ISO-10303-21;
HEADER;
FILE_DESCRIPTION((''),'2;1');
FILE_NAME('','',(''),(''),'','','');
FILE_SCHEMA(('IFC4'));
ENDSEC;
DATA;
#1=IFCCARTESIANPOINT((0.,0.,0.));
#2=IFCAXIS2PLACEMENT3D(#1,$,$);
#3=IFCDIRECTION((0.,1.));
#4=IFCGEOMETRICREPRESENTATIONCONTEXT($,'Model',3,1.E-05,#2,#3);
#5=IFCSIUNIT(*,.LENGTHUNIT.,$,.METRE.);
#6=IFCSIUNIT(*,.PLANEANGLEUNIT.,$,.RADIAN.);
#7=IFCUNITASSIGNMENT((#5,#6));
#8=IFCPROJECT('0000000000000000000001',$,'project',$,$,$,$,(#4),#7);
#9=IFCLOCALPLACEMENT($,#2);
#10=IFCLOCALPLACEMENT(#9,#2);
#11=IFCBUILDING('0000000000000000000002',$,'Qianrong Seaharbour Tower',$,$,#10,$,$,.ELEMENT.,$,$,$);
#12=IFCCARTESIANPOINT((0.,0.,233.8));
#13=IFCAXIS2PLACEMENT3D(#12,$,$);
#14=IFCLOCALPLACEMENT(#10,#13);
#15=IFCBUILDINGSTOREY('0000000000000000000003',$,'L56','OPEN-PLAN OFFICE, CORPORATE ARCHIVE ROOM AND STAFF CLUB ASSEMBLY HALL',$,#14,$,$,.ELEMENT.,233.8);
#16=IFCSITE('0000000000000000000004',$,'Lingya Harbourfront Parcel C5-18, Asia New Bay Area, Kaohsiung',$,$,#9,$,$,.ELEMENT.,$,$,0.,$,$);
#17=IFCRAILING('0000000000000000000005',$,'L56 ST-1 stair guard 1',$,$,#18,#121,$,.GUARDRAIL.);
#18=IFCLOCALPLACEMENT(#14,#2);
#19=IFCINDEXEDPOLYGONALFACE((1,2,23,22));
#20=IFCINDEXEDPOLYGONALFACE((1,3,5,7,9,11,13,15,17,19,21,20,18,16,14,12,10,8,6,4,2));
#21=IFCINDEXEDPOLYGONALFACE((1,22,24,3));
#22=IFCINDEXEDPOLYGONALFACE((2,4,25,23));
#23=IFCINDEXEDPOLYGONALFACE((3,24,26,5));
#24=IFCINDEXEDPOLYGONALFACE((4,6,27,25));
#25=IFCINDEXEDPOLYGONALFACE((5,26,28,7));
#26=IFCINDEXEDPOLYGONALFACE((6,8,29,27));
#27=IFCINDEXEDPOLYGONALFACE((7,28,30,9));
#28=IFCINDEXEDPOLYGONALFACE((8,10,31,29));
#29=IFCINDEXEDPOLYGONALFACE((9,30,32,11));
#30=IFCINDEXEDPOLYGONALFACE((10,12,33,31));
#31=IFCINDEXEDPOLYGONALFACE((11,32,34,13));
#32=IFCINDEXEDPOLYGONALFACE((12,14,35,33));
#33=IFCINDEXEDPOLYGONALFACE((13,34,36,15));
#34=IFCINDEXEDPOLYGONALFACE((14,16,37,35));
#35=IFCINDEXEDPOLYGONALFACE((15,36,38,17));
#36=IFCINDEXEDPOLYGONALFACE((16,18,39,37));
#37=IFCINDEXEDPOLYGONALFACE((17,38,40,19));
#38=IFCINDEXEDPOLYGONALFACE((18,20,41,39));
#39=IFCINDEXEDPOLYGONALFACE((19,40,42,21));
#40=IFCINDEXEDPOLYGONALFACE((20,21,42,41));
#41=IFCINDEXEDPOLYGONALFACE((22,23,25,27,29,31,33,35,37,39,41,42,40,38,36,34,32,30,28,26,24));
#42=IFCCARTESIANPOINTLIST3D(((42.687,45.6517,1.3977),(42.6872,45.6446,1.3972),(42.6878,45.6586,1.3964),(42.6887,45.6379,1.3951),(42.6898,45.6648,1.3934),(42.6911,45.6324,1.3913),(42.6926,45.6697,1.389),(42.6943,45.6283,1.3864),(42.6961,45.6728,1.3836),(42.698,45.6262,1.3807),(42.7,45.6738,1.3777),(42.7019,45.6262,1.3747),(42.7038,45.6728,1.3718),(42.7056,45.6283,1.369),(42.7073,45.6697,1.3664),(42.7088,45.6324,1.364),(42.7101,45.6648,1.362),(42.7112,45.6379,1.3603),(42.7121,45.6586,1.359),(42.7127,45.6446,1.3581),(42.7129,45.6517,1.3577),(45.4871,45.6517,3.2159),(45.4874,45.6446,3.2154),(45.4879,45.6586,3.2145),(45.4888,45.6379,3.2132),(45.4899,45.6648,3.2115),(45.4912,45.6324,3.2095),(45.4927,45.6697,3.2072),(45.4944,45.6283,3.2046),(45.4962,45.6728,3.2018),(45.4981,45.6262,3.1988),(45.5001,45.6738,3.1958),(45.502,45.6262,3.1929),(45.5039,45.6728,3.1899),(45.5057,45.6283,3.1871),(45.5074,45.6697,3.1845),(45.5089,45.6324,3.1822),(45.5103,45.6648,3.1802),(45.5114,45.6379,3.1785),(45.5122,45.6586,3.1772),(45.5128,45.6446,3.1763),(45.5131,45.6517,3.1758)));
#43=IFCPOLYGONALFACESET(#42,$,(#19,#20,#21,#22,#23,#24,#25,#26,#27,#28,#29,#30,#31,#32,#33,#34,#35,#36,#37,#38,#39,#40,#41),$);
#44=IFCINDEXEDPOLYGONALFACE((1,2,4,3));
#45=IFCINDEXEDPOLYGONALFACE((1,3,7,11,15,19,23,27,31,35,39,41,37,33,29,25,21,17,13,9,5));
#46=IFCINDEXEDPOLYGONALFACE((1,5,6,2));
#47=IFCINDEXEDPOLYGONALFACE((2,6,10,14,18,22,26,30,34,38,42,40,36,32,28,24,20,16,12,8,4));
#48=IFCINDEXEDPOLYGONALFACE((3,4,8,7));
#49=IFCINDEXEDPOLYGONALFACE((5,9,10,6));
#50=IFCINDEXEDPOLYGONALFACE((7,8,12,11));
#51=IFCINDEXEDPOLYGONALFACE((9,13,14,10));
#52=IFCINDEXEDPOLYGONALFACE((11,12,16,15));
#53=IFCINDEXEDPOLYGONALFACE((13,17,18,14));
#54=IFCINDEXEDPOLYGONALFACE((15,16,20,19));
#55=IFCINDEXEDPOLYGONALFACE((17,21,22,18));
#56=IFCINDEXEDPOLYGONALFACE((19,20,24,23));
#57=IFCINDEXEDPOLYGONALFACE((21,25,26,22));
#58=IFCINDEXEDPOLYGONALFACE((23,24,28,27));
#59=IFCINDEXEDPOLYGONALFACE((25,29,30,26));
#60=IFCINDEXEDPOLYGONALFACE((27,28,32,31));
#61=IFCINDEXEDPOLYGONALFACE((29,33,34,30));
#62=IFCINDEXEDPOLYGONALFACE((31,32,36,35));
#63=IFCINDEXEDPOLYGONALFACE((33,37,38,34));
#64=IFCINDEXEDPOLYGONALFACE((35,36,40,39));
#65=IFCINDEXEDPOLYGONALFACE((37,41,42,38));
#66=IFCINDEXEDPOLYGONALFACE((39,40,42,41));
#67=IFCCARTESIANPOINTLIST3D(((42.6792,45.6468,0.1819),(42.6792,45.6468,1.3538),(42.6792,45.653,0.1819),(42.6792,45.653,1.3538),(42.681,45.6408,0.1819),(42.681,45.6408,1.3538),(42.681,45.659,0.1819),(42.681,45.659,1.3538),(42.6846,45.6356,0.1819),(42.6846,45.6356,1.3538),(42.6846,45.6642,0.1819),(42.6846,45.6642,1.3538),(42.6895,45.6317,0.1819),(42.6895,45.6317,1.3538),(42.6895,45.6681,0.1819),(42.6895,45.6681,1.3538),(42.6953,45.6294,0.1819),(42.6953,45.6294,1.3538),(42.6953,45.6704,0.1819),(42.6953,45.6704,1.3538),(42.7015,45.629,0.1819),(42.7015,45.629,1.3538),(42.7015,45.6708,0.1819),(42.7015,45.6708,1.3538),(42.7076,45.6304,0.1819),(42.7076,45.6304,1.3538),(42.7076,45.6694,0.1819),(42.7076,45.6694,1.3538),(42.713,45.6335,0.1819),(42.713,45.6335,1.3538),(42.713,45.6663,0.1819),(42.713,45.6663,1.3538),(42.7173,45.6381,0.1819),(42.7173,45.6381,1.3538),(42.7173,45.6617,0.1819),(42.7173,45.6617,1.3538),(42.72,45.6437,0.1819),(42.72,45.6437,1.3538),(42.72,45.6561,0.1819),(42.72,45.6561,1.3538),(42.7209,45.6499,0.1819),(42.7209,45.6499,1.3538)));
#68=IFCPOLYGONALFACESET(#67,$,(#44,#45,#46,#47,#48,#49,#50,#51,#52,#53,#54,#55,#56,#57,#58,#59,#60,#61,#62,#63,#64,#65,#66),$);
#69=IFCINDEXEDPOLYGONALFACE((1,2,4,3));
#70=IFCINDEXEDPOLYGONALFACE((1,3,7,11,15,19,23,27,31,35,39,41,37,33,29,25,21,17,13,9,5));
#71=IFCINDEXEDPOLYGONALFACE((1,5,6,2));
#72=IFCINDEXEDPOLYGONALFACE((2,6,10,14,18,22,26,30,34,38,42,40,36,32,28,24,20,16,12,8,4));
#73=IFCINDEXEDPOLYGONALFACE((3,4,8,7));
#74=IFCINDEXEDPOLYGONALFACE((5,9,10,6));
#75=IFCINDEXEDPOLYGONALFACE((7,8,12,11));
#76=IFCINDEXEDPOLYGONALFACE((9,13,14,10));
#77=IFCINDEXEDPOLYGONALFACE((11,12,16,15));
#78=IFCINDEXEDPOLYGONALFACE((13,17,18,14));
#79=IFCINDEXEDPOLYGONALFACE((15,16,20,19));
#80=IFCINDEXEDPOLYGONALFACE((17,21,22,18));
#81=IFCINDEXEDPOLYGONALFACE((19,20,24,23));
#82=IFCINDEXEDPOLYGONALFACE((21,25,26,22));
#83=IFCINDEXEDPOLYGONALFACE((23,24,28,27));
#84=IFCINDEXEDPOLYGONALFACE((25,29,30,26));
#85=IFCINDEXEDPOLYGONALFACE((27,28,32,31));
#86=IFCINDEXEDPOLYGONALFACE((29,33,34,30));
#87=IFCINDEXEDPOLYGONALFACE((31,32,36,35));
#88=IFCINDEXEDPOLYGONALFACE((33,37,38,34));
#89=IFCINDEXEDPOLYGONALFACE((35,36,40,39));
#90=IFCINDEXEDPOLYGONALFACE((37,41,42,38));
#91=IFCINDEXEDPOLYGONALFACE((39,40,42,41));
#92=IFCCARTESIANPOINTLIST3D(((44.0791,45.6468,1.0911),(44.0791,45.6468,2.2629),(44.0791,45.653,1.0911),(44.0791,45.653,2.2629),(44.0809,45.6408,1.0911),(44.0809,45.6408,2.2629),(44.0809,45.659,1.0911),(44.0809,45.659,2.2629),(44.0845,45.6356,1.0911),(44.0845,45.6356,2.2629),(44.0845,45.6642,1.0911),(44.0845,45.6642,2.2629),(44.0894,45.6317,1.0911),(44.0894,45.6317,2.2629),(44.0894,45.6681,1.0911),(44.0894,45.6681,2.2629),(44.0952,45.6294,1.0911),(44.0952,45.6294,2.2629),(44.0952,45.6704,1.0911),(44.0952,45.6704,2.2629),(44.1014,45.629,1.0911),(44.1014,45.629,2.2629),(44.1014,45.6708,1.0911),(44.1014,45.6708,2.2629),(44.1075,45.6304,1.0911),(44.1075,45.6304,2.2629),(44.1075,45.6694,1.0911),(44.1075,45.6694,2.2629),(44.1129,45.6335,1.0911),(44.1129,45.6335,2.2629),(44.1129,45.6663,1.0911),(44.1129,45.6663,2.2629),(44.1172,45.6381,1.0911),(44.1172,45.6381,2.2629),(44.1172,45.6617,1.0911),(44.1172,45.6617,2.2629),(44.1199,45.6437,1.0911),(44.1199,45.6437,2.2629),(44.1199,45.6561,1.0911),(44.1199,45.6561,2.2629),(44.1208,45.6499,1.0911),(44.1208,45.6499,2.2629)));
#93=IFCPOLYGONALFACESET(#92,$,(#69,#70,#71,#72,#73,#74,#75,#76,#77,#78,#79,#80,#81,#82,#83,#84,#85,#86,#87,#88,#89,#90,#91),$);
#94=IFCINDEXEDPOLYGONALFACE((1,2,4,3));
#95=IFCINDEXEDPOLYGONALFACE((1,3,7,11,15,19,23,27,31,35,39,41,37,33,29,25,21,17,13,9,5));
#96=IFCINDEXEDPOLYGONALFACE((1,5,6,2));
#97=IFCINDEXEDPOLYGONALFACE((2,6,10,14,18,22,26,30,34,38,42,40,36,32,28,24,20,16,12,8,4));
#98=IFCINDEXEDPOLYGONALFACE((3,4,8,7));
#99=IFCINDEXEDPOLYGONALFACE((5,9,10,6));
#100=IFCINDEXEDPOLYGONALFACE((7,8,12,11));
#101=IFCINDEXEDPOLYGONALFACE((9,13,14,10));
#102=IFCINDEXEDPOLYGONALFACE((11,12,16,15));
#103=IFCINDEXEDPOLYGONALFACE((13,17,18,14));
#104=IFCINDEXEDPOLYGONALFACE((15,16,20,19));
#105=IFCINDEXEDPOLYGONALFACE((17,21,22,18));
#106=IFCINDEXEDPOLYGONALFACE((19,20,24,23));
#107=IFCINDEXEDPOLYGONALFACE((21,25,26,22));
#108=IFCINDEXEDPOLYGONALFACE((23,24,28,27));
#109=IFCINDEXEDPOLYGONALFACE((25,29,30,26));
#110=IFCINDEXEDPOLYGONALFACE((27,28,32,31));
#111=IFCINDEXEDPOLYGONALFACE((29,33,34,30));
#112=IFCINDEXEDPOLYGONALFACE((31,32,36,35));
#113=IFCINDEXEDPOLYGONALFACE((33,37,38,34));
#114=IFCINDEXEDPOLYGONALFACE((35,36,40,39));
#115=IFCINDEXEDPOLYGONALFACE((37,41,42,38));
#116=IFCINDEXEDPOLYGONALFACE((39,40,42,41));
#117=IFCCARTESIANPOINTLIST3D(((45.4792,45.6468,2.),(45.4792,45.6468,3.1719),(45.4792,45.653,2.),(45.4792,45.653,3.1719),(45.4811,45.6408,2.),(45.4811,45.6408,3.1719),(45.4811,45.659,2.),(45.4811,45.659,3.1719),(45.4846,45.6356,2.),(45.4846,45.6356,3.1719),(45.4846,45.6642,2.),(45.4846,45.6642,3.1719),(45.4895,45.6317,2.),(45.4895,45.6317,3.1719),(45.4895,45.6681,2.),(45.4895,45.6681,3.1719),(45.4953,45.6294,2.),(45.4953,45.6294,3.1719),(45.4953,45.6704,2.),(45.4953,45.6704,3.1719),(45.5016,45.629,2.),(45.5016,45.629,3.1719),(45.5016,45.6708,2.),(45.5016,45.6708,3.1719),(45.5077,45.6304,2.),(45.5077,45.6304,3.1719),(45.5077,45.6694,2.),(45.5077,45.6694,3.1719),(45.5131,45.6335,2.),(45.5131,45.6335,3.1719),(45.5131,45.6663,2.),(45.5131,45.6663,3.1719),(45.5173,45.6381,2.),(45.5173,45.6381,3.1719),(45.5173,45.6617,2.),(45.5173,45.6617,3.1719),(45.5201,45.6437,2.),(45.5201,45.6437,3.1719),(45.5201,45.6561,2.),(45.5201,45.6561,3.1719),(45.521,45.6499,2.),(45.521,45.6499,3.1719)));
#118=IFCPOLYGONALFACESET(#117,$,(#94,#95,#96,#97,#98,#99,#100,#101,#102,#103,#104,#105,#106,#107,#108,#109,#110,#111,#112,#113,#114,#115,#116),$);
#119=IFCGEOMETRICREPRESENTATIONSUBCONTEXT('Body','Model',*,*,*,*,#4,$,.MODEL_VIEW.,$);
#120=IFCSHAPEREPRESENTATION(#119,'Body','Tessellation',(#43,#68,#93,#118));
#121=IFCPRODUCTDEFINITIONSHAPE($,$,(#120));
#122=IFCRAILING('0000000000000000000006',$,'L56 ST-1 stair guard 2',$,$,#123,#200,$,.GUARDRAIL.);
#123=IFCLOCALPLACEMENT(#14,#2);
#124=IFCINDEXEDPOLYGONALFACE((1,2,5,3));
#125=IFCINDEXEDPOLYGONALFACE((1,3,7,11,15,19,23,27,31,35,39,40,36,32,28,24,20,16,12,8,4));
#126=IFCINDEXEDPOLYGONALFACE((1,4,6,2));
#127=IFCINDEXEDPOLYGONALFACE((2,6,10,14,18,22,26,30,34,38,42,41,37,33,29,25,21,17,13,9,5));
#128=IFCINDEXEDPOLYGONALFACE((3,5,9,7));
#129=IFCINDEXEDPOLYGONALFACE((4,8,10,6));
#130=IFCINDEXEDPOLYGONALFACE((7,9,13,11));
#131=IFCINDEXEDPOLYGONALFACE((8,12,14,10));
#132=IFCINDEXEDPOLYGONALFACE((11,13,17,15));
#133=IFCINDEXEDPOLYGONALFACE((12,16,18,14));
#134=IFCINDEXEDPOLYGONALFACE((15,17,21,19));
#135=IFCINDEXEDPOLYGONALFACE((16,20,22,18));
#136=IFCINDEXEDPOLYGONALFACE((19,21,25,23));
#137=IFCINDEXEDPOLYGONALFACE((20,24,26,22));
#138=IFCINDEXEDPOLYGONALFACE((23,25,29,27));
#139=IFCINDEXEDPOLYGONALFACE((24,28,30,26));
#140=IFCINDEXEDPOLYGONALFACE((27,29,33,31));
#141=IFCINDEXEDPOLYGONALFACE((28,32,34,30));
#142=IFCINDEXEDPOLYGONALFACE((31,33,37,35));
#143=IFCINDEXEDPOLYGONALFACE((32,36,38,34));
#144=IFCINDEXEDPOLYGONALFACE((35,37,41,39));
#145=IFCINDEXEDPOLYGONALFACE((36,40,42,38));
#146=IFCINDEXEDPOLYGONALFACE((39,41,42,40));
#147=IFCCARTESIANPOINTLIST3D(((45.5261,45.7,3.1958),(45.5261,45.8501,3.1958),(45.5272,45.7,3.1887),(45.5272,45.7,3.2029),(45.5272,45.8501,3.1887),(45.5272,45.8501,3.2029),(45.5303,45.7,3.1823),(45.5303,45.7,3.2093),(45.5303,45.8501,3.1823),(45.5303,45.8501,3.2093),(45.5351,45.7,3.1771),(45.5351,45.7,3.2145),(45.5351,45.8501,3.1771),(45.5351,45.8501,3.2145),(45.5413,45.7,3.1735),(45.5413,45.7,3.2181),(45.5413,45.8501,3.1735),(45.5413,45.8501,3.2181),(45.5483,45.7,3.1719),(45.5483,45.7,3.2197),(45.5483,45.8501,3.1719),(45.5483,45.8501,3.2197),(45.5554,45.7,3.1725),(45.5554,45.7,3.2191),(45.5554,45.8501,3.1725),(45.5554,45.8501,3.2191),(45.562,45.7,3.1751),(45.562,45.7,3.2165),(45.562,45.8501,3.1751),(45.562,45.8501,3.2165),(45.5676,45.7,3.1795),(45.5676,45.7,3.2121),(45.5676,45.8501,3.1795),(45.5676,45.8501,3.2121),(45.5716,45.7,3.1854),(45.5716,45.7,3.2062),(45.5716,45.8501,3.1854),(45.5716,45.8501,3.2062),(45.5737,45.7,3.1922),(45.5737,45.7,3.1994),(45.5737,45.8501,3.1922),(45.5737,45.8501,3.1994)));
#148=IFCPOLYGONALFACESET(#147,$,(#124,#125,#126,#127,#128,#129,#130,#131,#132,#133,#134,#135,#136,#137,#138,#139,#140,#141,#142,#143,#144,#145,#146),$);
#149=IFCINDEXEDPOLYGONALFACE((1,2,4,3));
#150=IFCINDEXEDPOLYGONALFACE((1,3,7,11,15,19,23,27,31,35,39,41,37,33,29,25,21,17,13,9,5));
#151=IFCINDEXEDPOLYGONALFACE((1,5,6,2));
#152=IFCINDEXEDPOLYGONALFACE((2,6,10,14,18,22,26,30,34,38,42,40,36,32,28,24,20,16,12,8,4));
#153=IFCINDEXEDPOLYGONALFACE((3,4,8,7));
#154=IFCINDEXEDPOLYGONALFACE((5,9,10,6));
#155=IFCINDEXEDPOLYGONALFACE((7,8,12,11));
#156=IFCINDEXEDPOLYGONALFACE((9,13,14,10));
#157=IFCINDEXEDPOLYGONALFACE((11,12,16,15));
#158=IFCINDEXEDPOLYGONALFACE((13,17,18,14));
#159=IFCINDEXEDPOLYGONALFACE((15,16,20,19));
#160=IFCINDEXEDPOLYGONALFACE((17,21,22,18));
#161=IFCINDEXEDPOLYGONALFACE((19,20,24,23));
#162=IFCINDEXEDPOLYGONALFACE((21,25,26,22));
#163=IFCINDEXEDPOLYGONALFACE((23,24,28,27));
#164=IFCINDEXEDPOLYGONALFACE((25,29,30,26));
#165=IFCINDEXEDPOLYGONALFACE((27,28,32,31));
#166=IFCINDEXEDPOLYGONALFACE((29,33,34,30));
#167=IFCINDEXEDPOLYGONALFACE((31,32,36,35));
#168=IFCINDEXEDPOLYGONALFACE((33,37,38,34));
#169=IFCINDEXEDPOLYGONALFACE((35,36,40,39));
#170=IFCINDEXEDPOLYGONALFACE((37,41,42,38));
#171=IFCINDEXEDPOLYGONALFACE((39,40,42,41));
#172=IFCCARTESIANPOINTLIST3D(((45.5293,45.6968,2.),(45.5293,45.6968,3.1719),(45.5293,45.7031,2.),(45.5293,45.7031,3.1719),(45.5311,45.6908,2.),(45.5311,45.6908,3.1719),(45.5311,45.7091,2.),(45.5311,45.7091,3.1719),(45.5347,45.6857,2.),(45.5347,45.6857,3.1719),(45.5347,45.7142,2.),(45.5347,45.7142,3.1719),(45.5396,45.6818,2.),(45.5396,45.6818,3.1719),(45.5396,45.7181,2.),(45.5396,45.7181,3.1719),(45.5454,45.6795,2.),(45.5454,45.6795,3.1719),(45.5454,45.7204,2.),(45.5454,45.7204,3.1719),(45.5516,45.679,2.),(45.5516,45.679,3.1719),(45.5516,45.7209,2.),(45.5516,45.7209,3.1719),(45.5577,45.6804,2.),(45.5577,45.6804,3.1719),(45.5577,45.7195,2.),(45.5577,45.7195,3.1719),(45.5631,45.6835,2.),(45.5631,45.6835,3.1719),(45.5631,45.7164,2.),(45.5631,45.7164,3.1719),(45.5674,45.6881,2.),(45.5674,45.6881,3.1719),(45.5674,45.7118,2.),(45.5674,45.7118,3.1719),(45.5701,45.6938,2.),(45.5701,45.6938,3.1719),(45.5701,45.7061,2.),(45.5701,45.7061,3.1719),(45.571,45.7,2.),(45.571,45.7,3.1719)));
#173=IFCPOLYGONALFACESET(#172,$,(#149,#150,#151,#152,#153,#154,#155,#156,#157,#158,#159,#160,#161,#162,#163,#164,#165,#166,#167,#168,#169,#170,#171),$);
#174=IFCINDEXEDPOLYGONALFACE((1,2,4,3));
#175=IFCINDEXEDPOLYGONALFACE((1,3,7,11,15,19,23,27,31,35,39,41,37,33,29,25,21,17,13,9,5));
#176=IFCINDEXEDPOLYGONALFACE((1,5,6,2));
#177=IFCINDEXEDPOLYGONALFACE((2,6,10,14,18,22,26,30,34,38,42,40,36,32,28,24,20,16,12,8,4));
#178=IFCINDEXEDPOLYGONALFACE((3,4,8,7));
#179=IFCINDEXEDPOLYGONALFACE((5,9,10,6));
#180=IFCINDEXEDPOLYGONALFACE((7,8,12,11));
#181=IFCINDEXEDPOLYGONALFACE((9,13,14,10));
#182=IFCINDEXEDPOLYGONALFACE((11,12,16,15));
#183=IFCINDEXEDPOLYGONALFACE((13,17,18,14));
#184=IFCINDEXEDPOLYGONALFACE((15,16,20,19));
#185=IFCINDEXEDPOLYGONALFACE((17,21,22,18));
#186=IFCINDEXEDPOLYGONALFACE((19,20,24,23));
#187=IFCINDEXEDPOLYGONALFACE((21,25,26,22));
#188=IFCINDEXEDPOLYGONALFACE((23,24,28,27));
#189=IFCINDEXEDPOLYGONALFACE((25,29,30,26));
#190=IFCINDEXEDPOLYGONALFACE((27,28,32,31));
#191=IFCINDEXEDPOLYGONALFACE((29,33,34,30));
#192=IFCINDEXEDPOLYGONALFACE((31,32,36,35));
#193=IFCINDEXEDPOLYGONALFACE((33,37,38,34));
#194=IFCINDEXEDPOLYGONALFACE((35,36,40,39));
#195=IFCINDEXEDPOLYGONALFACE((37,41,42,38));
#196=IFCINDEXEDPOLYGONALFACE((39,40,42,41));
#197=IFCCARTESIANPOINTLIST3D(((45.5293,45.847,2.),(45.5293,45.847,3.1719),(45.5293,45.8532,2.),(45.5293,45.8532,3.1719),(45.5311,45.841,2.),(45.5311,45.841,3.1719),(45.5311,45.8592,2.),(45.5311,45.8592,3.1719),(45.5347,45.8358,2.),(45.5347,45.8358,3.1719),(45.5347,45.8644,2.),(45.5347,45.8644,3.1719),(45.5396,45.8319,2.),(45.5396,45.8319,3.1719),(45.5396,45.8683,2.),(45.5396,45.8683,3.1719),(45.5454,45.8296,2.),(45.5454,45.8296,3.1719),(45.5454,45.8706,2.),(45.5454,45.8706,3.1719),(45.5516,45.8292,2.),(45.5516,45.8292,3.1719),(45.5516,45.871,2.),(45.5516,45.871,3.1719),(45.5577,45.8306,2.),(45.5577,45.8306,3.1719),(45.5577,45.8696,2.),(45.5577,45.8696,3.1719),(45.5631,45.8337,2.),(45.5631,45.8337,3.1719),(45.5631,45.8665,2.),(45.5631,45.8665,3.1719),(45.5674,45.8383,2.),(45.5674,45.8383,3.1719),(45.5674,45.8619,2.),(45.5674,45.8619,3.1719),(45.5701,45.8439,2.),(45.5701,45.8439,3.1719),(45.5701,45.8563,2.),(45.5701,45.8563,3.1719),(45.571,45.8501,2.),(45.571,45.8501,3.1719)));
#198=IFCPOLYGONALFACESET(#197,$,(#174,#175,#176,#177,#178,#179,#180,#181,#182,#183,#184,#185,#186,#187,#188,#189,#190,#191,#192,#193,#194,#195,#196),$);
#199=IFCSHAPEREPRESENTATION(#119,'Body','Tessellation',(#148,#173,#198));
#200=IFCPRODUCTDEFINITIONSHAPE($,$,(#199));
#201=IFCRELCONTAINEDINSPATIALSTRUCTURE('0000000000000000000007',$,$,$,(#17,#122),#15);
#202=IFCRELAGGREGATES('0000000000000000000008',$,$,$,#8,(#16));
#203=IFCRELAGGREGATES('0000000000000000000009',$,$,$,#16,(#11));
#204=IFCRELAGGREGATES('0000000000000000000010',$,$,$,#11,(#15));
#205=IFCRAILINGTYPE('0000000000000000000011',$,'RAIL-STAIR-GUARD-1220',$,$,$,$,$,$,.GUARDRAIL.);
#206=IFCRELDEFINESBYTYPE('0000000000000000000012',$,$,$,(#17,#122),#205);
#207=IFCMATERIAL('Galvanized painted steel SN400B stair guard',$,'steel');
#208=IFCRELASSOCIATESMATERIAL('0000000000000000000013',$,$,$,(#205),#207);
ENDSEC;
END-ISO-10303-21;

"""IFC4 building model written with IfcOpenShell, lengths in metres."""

from ifc_helpers import new_model, si_unit, direction, frame, origin, origin_2d, place, context, subcontext, project, spatial, circle, extrude, material, type_object, element, save


model = new_model("IFC4")

# Units and contexts
model_context = context("Model", 3, precision=1e-05, world=origin(), true_north=direction((0.0, 1.0)))
body_context = subcontext(model_context, "Body", "Model", "MODEL_VIEW")
ifc_project = project(units=[si_unit("LENGTHUNIT", "METRE"), si_unit("PLANEANGLEUNIT", "RADIAN")], contexts=[model_context])

# Site, building, storey
site_placement = place(None, origin())
site = spatial("IfcSite", under=ifc_project, at=site_placement, Name="Lingya Harbourfront Parcel C5-18, Asia New Bay Area, Kaohsiung", CompositionType="ELEMENT", RefElevation=0.0)
building_placement = place(site_placement, origin())
building = spatial("IfcBuilding", under=site, at=building_placement, Name="Qianrong Seaharbour Tower", CompositionType="ELEMENT")
storey_placement = place(building_placement, frame((0.0, 0.0, 233.8)))
storey = spatial("IfcBuildingStorey", under=building, at=storey_placement, Name="L56", Description="OPEN-PLAN OFFICE, CORPORATE ARCHIVE ROOM AND STAFF CLUB ASSEMBLY HALL", CompositionType="ELEMENT", Elevation=233.8)

# Railings
ifc_material_1 = material(Name="Galvanized painted steel SN400B stair guard", Category="steel")
railing_type_1 = type_object("IfcRailingType", Name="RAIL-STAIR-GUARD-1220", PredefinedType="GUARDRAIL", material=ifc_material_1)
railing_1_placement = place(storey_placement, frame((42.7, 45.6499, 0.1819)))
element("IfcRailing", 1, at=railing_1_placement, inside=storey, type_object=railing_type_1, Name="L56 ST-1 stair guard 1", PredefinedType="GUARDRAIL", context=body_context, shape_type="SweptSolid", body=[
    extrude(circle(Radius=0.0239, at=origin_2d()), frame((0.0, 0.0, 1.1958), z_axis=(0.838706, 0.0, 0.544585), x_axis=(0.0, 1.0, 0.0)), (0.0, 0.0, 1.0), 3.3386),
    extrude(circle(Radius=0.021, at=origin_2d()), origin(), (0.0, 0.0, 1.0), 1.1719),
    extrude(circle(Radius=0.021, at=origin_2d()), frame((1.3999, 0.0, 0.9092)), (0.0, 0.0, 1.0), 1.1719),
    extrude(circle(Radius=0.021, at=origin_2d()), frame((2.8, 0.0, 1.8181)), (0.0, 0.0, 1.0), 1.1719),
])
railing_2_placement = place(storey_placement, frame((45.55, 45.7, 2.0)))
element("IfcRailing", 2, at=railing_2_placement, inside=storey, type_object=railing_type_1, Name="L56 ST-1 stair guard 2", PredefinedType="GUARDRAIL", context=body_context, shape_type="SweptSolid", body=[
    extrude(circle(Radius=0.0239, at=origin_2d()), frame((0.0, 0.0, 1.1958), z_axis=(0.0, 1.0, 0.0), x_axis=(-1.0, 0.0, 0.0)), (0.0, 0.0, 1.0), 0.1501),
    extrude(circle(Radius=0.021, at=origin_2d()), origin(), (0.0, 0.0, 1.0), 1.1719),
    extrude(circle(Radius=0.021, at=origin_2d()), frame((0.0, 0.1501, 0.0)), (0.0, 0.0, 1.0), 1.1719),
])

save(model, "model.ifc")
